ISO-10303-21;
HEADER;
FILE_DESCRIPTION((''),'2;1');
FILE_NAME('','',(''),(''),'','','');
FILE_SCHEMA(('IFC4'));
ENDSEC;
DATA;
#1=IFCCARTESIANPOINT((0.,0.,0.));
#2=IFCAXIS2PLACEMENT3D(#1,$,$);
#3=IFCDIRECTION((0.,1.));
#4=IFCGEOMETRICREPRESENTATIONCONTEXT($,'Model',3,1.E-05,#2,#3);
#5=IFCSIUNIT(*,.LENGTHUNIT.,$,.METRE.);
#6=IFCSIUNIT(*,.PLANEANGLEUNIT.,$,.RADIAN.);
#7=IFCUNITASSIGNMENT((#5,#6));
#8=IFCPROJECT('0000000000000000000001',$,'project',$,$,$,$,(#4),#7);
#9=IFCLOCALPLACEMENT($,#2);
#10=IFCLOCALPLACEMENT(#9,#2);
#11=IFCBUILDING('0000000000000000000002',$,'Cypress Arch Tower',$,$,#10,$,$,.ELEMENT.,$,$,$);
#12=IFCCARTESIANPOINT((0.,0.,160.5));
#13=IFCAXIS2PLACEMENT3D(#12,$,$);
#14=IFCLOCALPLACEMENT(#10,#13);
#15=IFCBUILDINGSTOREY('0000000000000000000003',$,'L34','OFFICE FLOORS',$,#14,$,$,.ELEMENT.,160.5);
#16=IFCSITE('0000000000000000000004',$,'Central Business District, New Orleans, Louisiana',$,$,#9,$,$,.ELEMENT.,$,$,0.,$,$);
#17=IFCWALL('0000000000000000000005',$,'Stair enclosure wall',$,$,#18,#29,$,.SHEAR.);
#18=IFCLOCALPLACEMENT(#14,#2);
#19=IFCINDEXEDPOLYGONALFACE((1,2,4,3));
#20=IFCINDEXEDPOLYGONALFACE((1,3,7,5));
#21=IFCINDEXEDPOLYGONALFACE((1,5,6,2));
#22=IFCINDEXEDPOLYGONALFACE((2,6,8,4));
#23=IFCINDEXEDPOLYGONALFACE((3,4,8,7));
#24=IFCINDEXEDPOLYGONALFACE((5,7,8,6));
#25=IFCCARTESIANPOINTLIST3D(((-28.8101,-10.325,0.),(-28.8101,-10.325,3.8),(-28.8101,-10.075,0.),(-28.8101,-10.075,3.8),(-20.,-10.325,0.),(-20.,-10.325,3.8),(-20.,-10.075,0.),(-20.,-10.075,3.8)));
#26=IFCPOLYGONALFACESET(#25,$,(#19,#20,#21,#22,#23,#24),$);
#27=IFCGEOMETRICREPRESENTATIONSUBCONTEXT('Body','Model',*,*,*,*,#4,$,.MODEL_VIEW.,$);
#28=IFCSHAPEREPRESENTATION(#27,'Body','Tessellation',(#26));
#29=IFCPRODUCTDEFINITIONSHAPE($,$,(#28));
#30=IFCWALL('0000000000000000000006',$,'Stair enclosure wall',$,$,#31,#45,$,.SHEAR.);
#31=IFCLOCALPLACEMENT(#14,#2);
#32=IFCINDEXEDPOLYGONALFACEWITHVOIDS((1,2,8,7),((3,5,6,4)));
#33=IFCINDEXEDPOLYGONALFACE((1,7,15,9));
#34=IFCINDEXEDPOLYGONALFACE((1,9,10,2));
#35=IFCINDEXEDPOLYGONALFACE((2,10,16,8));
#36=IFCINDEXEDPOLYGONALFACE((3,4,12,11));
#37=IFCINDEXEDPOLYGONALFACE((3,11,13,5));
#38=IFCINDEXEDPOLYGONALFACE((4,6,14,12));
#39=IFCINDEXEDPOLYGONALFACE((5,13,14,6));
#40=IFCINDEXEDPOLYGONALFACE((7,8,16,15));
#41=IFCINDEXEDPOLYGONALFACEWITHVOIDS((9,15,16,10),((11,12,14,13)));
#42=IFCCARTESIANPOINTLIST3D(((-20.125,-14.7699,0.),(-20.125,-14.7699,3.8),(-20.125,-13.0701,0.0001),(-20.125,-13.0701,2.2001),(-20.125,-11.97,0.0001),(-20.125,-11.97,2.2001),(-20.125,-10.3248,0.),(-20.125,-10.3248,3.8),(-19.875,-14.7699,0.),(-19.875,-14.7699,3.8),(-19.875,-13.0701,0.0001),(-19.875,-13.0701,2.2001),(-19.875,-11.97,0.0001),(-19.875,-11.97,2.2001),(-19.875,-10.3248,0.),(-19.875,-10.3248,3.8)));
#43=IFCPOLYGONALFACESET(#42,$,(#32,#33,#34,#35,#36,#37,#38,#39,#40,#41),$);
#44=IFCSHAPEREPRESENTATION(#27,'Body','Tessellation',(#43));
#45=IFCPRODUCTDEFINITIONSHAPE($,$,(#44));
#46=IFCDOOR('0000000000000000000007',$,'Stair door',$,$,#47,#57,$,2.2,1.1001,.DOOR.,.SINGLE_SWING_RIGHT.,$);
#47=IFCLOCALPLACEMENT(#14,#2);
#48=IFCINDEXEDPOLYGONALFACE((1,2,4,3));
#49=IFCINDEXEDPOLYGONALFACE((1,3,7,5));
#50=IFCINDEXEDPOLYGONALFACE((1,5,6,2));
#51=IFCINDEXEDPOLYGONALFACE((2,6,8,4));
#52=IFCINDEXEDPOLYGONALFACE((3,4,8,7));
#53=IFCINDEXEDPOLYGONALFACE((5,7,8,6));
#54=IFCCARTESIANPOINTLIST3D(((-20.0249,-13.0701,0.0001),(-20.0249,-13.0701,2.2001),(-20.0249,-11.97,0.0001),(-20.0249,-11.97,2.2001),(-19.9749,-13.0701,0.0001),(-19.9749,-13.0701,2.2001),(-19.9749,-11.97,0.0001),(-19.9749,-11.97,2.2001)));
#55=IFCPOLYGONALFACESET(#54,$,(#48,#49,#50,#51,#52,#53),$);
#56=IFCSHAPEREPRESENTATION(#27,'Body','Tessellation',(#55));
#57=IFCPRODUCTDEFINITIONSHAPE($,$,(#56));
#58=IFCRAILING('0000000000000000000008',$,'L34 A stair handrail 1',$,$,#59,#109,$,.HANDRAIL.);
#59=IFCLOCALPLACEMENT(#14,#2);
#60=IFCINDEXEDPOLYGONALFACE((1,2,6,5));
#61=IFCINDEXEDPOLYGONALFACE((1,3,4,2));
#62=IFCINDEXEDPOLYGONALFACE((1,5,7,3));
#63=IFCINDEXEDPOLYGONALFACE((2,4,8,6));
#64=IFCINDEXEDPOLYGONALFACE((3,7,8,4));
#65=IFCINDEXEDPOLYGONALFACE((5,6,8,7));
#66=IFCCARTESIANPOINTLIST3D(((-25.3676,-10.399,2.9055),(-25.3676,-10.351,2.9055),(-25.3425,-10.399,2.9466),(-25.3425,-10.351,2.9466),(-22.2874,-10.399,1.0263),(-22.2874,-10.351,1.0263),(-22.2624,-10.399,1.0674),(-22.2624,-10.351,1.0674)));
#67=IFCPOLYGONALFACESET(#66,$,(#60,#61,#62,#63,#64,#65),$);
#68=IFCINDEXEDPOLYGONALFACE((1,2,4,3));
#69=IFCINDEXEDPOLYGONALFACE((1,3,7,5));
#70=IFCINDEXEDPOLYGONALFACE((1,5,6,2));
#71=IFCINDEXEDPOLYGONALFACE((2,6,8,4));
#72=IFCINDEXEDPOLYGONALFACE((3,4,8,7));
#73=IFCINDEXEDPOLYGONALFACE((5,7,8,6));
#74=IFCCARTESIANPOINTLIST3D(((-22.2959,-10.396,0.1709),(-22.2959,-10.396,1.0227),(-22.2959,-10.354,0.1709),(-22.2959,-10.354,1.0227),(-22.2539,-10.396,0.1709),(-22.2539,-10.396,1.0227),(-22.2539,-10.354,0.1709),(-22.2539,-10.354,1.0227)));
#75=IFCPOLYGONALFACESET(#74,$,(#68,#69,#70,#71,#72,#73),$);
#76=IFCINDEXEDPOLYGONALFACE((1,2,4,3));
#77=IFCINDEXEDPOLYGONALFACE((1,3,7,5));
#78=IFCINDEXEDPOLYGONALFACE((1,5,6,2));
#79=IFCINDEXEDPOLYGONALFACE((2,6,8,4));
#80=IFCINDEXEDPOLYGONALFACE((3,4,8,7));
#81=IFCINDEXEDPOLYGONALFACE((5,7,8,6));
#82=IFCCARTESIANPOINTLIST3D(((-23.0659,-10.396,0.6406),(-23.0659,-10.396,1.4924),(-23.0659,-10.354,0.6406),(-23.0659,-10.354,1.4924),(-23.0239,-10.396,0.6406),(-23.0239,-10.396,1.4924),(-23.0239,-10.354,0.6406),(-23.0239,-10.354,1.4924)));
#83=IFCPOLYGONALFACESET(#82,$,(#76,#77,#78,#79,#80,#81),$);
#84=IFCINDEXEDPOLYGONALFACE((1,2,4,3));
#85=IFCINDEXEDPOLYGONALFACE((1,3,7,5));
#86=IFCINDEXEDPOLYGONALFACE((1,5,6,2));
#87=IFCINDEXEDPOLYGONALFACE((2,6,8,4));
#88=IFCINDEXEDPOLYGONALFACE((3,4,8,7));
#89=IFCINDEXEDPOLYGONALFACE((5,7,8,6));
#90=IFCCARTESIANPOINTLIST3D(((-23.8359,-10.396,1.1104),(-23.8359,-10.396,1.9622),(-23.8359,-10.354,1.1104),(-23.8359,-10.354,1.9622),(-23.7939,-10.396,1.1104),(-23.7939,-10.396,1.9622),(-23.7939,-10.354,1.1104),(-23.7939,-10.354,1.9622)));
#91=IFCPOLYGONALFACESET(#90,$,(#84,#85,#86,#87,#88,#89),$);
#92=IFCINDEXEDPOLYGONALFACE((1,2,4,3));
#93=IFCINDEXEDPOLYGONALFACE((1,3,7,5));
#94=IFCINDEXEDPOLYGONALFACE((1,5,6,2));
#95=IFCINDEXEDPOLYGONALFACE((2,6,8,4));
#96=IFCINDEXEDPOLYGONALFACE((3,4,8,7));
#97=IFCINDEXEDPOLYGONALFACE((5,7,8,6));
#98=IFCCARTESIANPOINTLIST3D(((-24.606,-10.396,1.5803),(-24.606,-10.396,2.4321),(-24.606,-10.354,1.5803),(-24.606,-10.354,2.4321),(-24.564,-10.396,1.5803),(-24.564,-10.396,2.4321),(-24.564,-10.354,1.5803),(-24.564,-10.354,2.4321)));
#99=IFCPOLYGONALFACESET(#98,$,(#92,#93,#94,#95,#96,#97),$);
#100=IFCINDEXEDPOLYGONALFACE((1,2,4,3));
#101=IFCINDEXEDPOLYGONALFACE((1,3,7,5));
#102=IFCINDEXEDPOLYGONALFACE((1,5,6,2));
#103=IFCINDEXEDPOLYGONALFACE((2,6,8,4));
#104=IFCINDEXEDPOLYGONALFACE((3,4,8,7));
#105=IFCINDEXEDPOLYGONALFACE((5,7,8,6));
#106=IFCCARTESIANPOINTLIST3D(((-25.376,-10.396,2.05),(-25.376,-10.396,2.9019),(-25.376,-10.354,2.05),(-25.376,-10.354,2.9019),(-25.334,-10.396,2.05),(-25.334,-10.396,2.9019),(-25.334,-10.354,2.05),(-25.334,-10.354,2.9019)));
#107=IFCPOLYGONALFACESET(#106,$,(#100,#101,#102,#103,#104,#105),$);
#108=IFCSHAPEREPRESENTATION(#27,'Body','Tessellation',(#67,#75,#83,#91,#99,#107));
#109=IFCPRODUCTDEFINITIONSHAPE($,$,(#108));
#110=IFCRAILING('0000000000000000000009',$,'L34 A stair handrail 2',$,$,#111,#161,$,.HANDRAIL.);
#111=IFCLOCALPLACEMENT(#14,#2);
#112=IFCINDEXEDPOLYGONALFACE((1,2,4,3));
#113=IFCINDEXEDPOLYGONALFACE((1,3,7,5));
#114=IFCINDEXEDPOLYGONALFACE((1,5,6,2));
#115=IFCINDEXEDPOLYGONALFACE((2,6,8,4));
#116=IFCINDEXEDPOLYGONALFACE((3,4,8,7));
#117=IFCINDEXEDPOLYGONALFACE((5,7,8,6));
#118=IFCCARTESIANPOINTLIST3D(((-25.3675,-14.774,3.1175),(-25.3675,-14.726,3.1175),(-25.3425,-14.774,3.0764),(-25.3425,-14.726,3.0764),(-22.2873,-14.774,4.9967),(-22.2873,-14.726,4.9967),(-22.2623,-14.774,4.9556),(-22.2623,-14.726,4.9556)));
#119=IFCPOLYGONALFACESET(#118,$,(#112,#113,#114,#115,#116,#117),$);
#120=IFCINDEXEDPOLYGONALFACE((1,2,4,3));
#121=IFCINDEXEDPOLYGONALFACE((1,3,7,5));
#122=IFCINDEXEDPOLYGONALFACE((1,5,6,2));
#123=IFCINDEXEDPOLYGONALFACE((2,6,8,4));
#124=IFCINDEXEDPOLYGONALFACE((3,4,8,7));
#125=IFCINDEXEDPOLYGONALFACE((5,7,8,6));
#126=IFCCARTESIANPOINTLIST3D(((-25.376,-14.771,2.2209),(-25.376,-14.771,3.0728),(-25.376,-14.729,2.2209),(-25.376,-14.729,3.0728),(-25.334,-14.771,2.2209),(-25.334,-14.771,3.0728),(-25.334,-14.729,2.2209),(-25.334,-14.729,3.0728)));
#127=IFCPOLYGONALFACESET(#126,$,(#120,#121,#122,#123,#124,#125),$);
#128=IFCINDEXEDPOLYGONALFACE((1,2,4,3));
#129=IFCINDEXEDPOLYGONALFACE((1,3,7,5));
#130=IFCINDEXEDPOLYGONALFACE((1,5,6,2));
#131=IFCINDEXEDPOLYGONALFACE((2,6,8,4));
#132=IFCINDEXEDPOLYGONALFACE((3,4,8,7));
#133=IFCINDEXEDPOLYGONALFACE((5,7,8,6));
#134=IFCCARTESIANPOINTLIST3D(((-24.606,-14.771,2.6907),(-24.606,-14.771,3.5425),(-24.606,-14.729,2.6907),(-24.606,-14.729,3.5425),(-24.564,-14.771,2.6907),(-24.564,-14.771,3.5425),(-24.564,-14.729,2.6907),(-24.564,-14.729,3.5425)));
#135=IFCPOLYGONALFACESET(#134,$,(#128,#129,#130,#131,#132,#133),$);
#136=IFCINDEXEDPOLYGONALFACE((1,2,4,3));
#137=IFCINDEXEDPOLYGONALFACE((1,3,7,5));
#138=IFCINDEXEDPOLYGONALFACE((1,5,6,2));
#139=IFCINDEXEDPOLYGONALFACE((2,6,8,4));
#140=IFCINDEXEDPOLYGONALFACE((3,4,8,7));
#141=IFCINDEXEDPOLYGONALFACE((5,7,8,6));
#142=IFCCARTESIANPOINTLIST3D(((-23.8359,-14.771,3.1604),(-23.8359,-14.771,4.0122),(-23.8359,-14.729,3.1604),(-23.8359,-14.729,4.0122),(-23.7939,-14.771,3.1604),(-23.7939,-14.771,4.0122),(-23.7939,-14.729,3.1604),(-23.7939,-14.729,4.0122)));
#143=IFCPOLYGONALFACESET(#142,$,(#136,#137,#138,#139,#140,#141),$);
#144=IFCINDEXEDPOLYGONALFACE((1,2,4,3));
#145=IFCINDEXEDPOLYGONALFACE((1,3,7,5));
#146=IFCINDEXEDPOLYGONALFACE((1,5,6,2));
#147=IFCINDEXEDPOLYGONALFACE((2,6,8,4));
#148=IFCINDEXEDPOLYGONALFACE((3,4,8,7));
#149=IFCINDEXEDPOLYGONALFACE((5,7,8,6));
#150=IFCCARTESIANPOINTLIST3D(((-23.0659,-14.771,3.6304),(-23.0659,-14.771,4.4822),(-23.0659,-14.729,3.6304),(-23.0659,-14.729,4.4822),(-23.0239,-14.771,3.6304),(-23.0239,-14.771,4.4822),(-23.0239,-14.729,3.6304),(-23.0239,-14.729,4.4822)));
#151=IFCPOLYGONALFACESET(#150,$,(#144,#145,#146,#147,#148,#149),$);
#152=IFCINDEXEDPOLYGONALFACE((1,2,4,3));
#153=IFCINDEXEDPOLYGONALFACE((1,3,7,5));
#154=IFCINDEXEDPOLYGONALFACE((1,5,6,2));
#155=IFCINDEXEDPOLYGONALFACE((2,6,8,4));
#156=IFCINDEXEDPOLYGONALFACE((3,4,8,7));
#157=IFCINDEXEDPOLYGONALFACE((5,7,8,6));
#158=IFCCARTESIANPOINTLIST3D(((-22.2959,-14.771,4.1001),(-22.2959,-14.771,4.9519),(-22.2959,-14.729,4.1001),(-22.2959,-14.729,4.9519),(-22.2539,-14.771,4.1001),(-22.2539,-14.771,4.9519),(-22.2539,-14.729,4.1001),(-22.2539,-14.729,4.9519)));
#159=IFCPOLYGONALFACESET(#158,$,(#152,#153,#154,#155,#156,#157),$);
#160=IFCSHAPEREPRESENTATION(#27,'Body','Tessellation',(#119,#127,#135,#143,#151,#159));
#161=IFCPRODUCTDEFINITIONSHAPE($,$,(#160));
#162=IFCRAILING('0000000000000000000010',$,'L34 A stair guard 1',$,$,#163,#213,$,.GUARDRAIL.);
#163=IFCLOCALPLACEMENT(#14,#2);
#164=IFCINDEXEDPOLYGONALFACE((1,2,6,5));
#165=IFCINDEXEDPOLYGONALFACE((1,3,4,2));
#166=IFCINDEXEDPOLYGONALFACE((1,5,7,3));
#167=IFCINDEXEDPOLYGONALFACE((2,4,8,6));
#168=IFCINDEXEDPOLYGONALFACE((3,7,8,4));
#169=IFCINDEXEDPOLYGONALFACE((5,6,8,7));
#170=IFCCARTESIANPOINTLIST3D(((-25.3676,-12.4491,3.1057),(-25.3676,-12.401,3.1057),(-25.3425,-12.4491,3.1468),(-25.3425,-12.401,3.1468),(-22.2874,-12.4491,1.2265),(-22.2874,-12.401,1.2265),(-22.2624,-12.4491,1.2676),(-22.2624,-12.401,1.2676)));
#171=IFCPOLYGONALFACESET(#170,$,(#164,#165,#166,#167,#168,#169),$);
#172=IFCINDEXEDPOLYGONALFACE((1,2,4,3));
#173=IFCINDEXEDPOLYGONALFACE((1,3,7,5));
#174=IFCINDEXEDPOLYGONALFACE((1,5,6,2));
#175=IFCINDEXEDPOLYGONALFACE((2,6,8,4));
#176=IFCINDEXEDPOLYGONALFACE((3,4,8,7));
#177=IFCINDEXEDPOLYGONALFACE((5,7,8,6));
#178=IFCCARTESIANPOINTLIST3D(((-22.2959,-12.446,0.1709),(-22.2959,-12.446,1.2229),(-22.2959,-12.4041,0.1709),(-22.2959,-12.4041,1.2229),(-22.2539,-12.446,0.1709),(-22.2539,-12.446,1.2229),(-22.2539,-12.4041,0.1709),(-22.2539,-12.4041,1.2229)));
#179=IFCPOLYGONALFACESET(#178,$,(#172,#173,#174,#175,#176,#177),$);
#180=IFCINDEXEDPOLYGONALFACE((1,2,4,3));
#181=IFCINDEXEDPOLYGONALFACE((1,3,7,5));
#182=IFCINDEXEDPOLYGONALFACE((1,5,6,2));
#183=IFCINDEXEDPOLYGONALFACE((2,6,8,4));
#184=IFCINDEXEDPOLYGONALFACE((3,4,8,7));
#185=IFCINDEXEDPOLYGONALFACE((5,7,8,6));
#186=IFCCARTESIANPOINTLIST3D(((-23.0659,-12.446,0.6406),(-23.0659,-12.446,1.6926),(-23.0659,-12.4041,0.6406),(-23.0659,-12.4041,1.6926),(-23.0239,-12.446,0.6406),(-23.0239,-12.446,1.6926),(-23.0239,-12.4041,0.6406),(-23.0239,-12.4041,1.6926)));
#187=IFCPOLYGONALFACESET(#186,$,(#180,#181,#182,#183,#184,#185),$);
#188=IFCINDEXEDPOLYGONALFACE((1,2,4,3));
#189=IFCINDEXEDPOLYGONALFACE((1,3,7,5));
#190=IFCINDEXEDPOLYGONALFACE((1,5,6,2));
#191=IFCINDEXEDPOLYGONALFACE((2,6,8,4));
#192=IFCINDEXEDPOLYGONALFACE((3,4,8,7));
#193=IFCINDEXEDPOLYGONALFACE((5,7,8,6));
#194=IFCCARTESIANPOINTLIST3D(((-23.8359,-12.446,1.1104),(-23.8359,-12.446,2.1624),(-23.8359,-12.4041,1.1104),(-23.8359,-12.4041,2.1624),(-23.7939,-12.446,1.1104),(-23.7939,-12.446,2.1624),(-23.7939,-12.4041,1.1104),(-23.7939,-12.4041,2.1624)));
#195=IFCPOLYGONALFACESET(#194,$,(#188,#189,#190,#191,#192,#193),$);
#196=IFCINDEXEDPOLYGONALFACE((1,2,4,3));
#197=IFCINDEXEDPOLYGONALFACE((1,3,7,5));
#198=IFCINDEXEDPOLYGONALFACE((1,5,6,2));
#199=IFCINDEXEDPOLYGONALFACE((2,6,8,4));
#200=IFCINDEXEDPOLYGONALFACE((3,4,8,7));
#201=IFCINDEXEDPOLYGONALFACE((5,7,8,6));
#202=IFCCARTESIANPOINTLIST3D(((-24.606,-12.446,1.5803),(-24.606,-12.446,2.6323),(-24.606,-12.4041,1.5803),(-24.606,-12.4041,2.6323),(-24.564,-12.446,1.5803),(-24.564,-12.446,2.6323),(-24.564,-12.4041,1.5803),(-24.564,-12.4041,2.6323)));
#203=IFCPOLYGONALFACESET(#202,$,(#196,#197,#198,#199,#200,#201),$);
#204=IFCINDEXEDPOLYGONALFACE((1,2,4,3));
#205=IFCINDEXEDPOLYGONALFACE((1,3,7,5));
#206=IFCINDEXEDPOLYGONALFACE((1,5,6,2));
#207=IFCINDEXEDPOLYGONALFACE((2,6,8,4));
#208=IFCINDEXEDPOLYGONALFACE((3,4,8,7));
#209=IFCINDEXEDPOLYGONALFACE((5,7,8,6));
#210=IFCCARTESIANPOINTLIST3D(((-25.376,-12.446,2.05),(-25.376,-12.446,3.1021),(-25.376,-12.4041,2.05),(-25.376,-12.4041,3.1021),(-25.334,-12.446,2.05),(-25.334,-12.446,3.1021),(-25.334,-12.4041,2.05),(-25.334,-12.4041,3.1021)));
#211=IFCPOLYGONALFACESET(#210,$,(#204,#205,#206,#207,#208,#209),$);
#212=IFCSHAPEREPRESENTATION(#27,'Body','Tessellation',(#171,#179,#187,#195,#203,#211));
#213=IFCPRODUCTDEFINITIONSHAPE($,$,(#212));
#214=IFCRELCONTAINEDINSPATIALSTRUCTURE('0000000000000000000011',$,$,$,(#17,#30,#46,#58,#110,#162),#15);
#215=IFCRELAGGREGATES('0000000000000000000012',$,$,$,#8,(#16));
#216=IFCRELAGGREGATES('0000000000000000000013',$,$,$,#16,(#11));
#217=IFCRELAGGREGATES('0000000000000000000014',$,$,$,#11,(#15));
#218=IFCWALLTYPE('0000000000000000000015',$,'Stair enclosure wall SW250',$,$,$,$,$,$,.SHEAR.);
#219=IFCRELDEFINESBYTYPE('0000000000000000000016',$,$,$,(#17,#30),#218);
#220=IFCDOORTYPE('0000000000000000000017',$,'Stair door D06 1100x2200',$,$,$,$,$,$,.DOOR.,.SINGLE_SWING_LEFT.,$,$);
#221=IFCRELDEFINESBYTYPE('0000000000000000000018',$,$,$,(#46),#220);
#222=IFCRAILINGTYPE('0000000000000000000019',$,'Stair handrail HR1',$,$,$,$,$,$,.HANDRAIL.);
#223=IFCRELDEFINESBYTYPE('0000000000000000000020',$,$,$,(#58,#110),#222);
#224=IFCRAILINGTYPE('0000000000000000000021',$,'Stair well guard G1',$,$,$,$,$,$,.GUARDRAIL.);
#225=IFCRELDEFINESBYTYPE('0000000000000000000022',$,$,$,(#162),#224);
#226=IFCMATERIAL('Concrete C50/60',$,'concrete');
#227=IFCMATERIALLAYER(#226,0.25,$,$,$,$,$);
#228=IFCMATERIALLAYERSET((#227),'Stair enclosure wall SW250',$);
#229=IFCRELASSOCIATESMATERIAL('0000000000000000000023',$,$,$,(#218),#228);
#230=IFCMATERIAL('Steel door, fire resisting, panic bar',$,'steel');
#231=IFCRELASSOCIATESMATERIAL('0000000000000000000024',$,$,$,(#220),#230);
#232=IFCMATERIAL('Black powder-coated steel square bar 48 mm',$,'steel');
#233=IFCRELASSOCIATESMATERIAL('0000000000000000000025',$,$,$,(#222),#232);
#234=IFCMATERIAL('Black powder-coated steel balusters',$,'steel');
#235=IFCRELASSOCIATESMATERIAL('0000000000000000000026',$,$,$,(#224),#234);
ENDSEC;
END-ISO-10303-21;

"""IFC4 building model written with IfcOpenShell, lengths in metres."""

from ifc_helpers import new_model, si_unit, direction, frame, frame_2d, origin, origin_2d, place, context, subcontext, project, spatial, rectangle, extrude, material, layer, layer_set, type_object, element, fill, save


model = new_model("IFC4")

# Units and contexts
model_context = context("Model", 3, precision=1e-05, world=origin(), true_north=direction((0.0, 1.0)))
body_context = subcontext(model_context, "Body", "Model", "MODEL_VIEW")
ifc_project = project(units=[si_unit("LENGTHUNIT", "METRE"), si_unit("PLANEANGLEUNIT", "RADIAN")], contexts=[model_context])

# Site, building, storey
site_placement = place(None, origin())
site = spatial("IfcSite", under=ifc_project, at=site_placement, Name="Central Business District, New Orleans, Louisiana", CompositionType="ELEMENT", RefElevation=0.0)
building_placement = place(site_placement, origin())
building = spatial("IfcBuilding", under=site, at=building_placement, Name="Cypress Arch Tower", CompositionType="ELEMENT")
storey_placement = place(building_placement, frame((0.0, 0.0, 160.5)))
storey = spatial("IfcBuildingStorey", under=building, at=storey_placement, Name="L34", Description="OFFICE FLOORS", CompositionType="ELEMENT", Elevation=160.5)

# Wall
ifc_material_1 = material(Name="Concrete C50/60", Category="concrete")
ifc_layer_1 = layer(ifc_material_1, 0.25)
ifc_layer_set_1 = layer_set([ifc_layer_1], Name="Stair enclosure wall SW250")
wall_type_1 = type_object("IfcWallType", Name="Stair enclosure wall SW250", PredefinedType="SHEAR", material=ifc_layer_set_1)
wall_1_placement = place(storey_placement, frame((-28.8101, -10.2, 0.0), z_axis=(0.0, 0.0, 1.0), x_axis=(1.0, 0.0, 0.0)))
element("IfcWall", 1, at=wall_1_placement, inside=storey, type_object=wall_type_1, Name="Stair enclosure wall", PredefinedType="SHEAR", context=body_context, shape_type="SweptSolid", body=[
    extrude(rectangle(XDim=8.8101, YDim=0.25, at=frame_2d((4.405, 0.0))), origin(), (0.0, 0.0, 1.0), 3.8),
])

# Wall, opening, door
wall_2_placement = place(storey_placement, frame((-20.0, -14.77, 0.0), z_axis=(0.0, 0.0, 1.0), x_axis=(0.0, 1.0, 0.0)))
wall_2 = element("IfcWall", 2, at=wall_2_placement, inside=storey, type_object=wall_type_1, Name="Stair enclosure wall", PredefinedType="SHEAR", context=body_context, shape_type="SweptSolid", body=[
    extrude(rectangle(XDim=4.4451, YDim=0.25, at=frame_2d((2.2227, 0.0))), origin(), (0.0, 0.0, 1.0), 3.8),
])
opening_1_placement = place(wall_2_placement, frame((1.7, 0.0, 0.0)))
opening_1 = element("IfcOpeningElement", 3, at=opening_1_placement, cuts=wall_2, PredefinedType="OPENING", context=body_context, shape_type="SweptSolid", body=[
    extrude(rectangle(XDim=1.1001, YDim=2.2, at=frame_2d((0.55, 1.1001))), frame((0.0, 0.135, 0.0), z_axis=(0.0, -1.0, 0.0), x_axis=(1.0, 0.0, 0.0)), (0.0, 0.0, 1.0), 0.27),
])
ifc_material_2 = material(Name="Steel door, fire resisting, panic bar", Category="steel")
door_type_1 = type_object("IfcDoorType", Name="Stair door D06 1100x2200", OperationType="SINGLE_SWING_LEFT", PredefinedType="DOOR", material=ifc_material_2)
door_1_placement = place(opening_1_placement, origin())
door_1 = element("IfcDoor", 4, at=door_1_placement, inside=storey, type_object=door_type_1, Name="Stair door", OperationType="SINGLE_SWING_RIGHT", OverallHeight=2.2, OverallWidth=1.1001, PredefinedType="DOOR", context=body_context, shape_type="SweptSolid", body=[
    extrude(rectangle(XDim=1.1001, YDim=2.2, at=frame_2d((0.55, 1.1001))), frame((0.0, 0.0249, 0.0), z_axis=(0.0, -1.0, 0.0), x_axis=(1.0, 0.0, 0.0)), (0.0, 0.0, 1.0), 0.05),
])
fill(opening_1, door_1)

# Railings
ifc_material_3 = material(Name="Black powder-coated steel square bar 48 mm", Category="steel")
railing_type_1 = type_object("IfcRailingType", Name="Stair handrail HR1", PredefinedType="HANDRAIL", material=ifc_material_3)
railing_1_placement = place(storey_placement, frame((-22.2749, -10.375, 0.1709)))
element("IfcRailing", 5, at=railing_1_placement, inside=storey, type_object=railing_type_1, Name="L34 A stair handrail 1", PredefinedType="HANDRAIL", context=body_context, shape_type="SweptSolid", body=[
    extrude(rectangle(XDim=0.0481, YDim=0.0481, at=origin_2d()), frame((0.0, 0.0, 0.876), z_axis=(-0.853666, 0.0, 0.52082), x_axis=(0.0, -1.0, 0.0)), (0.0, 0.0, 1.0), 3.6082),
    extrude(rectangle(XDim=0.042, YDim=0.042, at=origin_2d()), origin(), (0.0, 0.0, 1.0), 0.8518),
    extrude(rectangle(XDim=0.042, YDim=0.042, at=origin_2d()), frame((-0.77, 0.0, 0.4697)), (0.0, 0.0, 1.0), 0.8518),
    extrude(rectangle(XDim=0.042, YDim=0.042, at=origin_2d()), frame((-1.54, 0.0, 0.9395)), (0.0, 0.0, 1.0), 0.8518),
    extrude(rectangle(XDim=0.042, YDim=0.042, at=origin_2d()), frame((-2.3101, 0.0, 1.4094)), (0.0, 0.0, 1.0), 0.8518),
    extrude(rectangle(XDim=0.042, YDim=0.042, at=origin_2d()), frame((-3.0801, 0.0, 1.8792)), (0.0, 0.0, 1.0), 0.8518),
])
railing_2_placement = place(storey_placement, frame((-25.355, -14.75, 2.2209)))
element("IfcRailing", 6, at=railing_2_placement, inside=storey, type_object=railing_type_1, Name="L34 A stair handrail 2", PredefinedType="HANDRAIL", context=body_context, shape_type="SweptSolid", body=[
    extrude(rectangle(XDim=0.0481, YDim=0.0481, at=origin_2d()), frame((0.0, 0.0, 0.876), z_axis=(0.853666, 0.0, 0.52082), x_axis=(0.0, 1.0, 0.0)), (0.0, 0.0, 1.0), 3.6082),
    extrude(rectangle(XDim=0.042, YDim=0.042, at=origin_2d()), origin(), (0.0, 0.0, 1.0), 0.8518),
    extrude(rectangle(XDim=0.042, YDim=0.042, at=origin_2d()), frame((0.77, 0.0, 0.4697)), (0.0, 0.0, 1.0), 0.8518),
    extrude(rectangle(XDim=0.042, YDim=0.042, at=origin_2d()), frame((1.54, 0.0, 0.9395)), (0.0, 0.0, 1.0), 0.8518),
    extrude(rectangle(XDim=0.042, YDim=0.042, at=origin_2d()), frame((2.3101, 0.0, 1.4094)), (0.0, 0.0, 1.0), 0.8518),
    extrude(rectangle(XDim=0.042, YDim=0.042, at=origin_2d()), frame((3.0801, 0.0, 1.8792)), (0.0, 0.0, 1.0), 0.8518),
])
ifc_material_4 = material(Name="Black powder-coated steel balusters", Category="steel")
railing_type_2 = type_object("IfcRailingType", Name="Stair well guard G1", PredefinedType="GUARDRAIL", material=ifc_material_4)
railing_3_placement = place(storey_placement, frame((-22.2749, -12.425, 0.1709)))
element("IfcRailing", 7, at=railing_3_placement, inside=storey, type_object=railing_type_2, Name="L34 A stair guard 1", PredefinedType="GUARDRAIL", context=body_context, shape_type="SweptSolid", body=[
    extrude(rectangle(XDim=0.0481, YDim=0.0481, at=origin_2d()), frame((0.0, 0.0, 1.0762), z_axis=(-0.853666, 0.0, 0.52082), x_axis=(0.0, -1.0, 0.0)), (0.0, 0.0, 1.0), 3.6082),
    extrude(rectangle(XDim=0.042, YDim=0.042, at=origin_2d()), origin(), (0.0, 0.0, 1.0), 1.052),
    extrude(rectangle(XDim=0.042, YDim=0.042, at=origin_2d()), frame((-0.77, 0.0, 0.4697)), (0.0, 0.0, 1.0), 1.052),
    extrude(rectangle(XDim=0.042, YDim=0.042, at=origin_2d()), frame((-1.54, 0.0, 0.9395)), (0.0, 0.0, 1.0), 1.052),
    extrude(rectangle(XDim=0.042, YDim=0.042, at=origin_2d()), frame((-2.3101, 0.0, 1.4094)), (0.0, 0.0, 1.0), 1.052),
    extrude(rectangle(XDim=0.042, YDim=0.042, at=origin_2d()), frame((-3.0801, 0.0, 1.8792)), (0.0, 0.0, 1.0), 1.052),
])

save(model, "model.ifc")
